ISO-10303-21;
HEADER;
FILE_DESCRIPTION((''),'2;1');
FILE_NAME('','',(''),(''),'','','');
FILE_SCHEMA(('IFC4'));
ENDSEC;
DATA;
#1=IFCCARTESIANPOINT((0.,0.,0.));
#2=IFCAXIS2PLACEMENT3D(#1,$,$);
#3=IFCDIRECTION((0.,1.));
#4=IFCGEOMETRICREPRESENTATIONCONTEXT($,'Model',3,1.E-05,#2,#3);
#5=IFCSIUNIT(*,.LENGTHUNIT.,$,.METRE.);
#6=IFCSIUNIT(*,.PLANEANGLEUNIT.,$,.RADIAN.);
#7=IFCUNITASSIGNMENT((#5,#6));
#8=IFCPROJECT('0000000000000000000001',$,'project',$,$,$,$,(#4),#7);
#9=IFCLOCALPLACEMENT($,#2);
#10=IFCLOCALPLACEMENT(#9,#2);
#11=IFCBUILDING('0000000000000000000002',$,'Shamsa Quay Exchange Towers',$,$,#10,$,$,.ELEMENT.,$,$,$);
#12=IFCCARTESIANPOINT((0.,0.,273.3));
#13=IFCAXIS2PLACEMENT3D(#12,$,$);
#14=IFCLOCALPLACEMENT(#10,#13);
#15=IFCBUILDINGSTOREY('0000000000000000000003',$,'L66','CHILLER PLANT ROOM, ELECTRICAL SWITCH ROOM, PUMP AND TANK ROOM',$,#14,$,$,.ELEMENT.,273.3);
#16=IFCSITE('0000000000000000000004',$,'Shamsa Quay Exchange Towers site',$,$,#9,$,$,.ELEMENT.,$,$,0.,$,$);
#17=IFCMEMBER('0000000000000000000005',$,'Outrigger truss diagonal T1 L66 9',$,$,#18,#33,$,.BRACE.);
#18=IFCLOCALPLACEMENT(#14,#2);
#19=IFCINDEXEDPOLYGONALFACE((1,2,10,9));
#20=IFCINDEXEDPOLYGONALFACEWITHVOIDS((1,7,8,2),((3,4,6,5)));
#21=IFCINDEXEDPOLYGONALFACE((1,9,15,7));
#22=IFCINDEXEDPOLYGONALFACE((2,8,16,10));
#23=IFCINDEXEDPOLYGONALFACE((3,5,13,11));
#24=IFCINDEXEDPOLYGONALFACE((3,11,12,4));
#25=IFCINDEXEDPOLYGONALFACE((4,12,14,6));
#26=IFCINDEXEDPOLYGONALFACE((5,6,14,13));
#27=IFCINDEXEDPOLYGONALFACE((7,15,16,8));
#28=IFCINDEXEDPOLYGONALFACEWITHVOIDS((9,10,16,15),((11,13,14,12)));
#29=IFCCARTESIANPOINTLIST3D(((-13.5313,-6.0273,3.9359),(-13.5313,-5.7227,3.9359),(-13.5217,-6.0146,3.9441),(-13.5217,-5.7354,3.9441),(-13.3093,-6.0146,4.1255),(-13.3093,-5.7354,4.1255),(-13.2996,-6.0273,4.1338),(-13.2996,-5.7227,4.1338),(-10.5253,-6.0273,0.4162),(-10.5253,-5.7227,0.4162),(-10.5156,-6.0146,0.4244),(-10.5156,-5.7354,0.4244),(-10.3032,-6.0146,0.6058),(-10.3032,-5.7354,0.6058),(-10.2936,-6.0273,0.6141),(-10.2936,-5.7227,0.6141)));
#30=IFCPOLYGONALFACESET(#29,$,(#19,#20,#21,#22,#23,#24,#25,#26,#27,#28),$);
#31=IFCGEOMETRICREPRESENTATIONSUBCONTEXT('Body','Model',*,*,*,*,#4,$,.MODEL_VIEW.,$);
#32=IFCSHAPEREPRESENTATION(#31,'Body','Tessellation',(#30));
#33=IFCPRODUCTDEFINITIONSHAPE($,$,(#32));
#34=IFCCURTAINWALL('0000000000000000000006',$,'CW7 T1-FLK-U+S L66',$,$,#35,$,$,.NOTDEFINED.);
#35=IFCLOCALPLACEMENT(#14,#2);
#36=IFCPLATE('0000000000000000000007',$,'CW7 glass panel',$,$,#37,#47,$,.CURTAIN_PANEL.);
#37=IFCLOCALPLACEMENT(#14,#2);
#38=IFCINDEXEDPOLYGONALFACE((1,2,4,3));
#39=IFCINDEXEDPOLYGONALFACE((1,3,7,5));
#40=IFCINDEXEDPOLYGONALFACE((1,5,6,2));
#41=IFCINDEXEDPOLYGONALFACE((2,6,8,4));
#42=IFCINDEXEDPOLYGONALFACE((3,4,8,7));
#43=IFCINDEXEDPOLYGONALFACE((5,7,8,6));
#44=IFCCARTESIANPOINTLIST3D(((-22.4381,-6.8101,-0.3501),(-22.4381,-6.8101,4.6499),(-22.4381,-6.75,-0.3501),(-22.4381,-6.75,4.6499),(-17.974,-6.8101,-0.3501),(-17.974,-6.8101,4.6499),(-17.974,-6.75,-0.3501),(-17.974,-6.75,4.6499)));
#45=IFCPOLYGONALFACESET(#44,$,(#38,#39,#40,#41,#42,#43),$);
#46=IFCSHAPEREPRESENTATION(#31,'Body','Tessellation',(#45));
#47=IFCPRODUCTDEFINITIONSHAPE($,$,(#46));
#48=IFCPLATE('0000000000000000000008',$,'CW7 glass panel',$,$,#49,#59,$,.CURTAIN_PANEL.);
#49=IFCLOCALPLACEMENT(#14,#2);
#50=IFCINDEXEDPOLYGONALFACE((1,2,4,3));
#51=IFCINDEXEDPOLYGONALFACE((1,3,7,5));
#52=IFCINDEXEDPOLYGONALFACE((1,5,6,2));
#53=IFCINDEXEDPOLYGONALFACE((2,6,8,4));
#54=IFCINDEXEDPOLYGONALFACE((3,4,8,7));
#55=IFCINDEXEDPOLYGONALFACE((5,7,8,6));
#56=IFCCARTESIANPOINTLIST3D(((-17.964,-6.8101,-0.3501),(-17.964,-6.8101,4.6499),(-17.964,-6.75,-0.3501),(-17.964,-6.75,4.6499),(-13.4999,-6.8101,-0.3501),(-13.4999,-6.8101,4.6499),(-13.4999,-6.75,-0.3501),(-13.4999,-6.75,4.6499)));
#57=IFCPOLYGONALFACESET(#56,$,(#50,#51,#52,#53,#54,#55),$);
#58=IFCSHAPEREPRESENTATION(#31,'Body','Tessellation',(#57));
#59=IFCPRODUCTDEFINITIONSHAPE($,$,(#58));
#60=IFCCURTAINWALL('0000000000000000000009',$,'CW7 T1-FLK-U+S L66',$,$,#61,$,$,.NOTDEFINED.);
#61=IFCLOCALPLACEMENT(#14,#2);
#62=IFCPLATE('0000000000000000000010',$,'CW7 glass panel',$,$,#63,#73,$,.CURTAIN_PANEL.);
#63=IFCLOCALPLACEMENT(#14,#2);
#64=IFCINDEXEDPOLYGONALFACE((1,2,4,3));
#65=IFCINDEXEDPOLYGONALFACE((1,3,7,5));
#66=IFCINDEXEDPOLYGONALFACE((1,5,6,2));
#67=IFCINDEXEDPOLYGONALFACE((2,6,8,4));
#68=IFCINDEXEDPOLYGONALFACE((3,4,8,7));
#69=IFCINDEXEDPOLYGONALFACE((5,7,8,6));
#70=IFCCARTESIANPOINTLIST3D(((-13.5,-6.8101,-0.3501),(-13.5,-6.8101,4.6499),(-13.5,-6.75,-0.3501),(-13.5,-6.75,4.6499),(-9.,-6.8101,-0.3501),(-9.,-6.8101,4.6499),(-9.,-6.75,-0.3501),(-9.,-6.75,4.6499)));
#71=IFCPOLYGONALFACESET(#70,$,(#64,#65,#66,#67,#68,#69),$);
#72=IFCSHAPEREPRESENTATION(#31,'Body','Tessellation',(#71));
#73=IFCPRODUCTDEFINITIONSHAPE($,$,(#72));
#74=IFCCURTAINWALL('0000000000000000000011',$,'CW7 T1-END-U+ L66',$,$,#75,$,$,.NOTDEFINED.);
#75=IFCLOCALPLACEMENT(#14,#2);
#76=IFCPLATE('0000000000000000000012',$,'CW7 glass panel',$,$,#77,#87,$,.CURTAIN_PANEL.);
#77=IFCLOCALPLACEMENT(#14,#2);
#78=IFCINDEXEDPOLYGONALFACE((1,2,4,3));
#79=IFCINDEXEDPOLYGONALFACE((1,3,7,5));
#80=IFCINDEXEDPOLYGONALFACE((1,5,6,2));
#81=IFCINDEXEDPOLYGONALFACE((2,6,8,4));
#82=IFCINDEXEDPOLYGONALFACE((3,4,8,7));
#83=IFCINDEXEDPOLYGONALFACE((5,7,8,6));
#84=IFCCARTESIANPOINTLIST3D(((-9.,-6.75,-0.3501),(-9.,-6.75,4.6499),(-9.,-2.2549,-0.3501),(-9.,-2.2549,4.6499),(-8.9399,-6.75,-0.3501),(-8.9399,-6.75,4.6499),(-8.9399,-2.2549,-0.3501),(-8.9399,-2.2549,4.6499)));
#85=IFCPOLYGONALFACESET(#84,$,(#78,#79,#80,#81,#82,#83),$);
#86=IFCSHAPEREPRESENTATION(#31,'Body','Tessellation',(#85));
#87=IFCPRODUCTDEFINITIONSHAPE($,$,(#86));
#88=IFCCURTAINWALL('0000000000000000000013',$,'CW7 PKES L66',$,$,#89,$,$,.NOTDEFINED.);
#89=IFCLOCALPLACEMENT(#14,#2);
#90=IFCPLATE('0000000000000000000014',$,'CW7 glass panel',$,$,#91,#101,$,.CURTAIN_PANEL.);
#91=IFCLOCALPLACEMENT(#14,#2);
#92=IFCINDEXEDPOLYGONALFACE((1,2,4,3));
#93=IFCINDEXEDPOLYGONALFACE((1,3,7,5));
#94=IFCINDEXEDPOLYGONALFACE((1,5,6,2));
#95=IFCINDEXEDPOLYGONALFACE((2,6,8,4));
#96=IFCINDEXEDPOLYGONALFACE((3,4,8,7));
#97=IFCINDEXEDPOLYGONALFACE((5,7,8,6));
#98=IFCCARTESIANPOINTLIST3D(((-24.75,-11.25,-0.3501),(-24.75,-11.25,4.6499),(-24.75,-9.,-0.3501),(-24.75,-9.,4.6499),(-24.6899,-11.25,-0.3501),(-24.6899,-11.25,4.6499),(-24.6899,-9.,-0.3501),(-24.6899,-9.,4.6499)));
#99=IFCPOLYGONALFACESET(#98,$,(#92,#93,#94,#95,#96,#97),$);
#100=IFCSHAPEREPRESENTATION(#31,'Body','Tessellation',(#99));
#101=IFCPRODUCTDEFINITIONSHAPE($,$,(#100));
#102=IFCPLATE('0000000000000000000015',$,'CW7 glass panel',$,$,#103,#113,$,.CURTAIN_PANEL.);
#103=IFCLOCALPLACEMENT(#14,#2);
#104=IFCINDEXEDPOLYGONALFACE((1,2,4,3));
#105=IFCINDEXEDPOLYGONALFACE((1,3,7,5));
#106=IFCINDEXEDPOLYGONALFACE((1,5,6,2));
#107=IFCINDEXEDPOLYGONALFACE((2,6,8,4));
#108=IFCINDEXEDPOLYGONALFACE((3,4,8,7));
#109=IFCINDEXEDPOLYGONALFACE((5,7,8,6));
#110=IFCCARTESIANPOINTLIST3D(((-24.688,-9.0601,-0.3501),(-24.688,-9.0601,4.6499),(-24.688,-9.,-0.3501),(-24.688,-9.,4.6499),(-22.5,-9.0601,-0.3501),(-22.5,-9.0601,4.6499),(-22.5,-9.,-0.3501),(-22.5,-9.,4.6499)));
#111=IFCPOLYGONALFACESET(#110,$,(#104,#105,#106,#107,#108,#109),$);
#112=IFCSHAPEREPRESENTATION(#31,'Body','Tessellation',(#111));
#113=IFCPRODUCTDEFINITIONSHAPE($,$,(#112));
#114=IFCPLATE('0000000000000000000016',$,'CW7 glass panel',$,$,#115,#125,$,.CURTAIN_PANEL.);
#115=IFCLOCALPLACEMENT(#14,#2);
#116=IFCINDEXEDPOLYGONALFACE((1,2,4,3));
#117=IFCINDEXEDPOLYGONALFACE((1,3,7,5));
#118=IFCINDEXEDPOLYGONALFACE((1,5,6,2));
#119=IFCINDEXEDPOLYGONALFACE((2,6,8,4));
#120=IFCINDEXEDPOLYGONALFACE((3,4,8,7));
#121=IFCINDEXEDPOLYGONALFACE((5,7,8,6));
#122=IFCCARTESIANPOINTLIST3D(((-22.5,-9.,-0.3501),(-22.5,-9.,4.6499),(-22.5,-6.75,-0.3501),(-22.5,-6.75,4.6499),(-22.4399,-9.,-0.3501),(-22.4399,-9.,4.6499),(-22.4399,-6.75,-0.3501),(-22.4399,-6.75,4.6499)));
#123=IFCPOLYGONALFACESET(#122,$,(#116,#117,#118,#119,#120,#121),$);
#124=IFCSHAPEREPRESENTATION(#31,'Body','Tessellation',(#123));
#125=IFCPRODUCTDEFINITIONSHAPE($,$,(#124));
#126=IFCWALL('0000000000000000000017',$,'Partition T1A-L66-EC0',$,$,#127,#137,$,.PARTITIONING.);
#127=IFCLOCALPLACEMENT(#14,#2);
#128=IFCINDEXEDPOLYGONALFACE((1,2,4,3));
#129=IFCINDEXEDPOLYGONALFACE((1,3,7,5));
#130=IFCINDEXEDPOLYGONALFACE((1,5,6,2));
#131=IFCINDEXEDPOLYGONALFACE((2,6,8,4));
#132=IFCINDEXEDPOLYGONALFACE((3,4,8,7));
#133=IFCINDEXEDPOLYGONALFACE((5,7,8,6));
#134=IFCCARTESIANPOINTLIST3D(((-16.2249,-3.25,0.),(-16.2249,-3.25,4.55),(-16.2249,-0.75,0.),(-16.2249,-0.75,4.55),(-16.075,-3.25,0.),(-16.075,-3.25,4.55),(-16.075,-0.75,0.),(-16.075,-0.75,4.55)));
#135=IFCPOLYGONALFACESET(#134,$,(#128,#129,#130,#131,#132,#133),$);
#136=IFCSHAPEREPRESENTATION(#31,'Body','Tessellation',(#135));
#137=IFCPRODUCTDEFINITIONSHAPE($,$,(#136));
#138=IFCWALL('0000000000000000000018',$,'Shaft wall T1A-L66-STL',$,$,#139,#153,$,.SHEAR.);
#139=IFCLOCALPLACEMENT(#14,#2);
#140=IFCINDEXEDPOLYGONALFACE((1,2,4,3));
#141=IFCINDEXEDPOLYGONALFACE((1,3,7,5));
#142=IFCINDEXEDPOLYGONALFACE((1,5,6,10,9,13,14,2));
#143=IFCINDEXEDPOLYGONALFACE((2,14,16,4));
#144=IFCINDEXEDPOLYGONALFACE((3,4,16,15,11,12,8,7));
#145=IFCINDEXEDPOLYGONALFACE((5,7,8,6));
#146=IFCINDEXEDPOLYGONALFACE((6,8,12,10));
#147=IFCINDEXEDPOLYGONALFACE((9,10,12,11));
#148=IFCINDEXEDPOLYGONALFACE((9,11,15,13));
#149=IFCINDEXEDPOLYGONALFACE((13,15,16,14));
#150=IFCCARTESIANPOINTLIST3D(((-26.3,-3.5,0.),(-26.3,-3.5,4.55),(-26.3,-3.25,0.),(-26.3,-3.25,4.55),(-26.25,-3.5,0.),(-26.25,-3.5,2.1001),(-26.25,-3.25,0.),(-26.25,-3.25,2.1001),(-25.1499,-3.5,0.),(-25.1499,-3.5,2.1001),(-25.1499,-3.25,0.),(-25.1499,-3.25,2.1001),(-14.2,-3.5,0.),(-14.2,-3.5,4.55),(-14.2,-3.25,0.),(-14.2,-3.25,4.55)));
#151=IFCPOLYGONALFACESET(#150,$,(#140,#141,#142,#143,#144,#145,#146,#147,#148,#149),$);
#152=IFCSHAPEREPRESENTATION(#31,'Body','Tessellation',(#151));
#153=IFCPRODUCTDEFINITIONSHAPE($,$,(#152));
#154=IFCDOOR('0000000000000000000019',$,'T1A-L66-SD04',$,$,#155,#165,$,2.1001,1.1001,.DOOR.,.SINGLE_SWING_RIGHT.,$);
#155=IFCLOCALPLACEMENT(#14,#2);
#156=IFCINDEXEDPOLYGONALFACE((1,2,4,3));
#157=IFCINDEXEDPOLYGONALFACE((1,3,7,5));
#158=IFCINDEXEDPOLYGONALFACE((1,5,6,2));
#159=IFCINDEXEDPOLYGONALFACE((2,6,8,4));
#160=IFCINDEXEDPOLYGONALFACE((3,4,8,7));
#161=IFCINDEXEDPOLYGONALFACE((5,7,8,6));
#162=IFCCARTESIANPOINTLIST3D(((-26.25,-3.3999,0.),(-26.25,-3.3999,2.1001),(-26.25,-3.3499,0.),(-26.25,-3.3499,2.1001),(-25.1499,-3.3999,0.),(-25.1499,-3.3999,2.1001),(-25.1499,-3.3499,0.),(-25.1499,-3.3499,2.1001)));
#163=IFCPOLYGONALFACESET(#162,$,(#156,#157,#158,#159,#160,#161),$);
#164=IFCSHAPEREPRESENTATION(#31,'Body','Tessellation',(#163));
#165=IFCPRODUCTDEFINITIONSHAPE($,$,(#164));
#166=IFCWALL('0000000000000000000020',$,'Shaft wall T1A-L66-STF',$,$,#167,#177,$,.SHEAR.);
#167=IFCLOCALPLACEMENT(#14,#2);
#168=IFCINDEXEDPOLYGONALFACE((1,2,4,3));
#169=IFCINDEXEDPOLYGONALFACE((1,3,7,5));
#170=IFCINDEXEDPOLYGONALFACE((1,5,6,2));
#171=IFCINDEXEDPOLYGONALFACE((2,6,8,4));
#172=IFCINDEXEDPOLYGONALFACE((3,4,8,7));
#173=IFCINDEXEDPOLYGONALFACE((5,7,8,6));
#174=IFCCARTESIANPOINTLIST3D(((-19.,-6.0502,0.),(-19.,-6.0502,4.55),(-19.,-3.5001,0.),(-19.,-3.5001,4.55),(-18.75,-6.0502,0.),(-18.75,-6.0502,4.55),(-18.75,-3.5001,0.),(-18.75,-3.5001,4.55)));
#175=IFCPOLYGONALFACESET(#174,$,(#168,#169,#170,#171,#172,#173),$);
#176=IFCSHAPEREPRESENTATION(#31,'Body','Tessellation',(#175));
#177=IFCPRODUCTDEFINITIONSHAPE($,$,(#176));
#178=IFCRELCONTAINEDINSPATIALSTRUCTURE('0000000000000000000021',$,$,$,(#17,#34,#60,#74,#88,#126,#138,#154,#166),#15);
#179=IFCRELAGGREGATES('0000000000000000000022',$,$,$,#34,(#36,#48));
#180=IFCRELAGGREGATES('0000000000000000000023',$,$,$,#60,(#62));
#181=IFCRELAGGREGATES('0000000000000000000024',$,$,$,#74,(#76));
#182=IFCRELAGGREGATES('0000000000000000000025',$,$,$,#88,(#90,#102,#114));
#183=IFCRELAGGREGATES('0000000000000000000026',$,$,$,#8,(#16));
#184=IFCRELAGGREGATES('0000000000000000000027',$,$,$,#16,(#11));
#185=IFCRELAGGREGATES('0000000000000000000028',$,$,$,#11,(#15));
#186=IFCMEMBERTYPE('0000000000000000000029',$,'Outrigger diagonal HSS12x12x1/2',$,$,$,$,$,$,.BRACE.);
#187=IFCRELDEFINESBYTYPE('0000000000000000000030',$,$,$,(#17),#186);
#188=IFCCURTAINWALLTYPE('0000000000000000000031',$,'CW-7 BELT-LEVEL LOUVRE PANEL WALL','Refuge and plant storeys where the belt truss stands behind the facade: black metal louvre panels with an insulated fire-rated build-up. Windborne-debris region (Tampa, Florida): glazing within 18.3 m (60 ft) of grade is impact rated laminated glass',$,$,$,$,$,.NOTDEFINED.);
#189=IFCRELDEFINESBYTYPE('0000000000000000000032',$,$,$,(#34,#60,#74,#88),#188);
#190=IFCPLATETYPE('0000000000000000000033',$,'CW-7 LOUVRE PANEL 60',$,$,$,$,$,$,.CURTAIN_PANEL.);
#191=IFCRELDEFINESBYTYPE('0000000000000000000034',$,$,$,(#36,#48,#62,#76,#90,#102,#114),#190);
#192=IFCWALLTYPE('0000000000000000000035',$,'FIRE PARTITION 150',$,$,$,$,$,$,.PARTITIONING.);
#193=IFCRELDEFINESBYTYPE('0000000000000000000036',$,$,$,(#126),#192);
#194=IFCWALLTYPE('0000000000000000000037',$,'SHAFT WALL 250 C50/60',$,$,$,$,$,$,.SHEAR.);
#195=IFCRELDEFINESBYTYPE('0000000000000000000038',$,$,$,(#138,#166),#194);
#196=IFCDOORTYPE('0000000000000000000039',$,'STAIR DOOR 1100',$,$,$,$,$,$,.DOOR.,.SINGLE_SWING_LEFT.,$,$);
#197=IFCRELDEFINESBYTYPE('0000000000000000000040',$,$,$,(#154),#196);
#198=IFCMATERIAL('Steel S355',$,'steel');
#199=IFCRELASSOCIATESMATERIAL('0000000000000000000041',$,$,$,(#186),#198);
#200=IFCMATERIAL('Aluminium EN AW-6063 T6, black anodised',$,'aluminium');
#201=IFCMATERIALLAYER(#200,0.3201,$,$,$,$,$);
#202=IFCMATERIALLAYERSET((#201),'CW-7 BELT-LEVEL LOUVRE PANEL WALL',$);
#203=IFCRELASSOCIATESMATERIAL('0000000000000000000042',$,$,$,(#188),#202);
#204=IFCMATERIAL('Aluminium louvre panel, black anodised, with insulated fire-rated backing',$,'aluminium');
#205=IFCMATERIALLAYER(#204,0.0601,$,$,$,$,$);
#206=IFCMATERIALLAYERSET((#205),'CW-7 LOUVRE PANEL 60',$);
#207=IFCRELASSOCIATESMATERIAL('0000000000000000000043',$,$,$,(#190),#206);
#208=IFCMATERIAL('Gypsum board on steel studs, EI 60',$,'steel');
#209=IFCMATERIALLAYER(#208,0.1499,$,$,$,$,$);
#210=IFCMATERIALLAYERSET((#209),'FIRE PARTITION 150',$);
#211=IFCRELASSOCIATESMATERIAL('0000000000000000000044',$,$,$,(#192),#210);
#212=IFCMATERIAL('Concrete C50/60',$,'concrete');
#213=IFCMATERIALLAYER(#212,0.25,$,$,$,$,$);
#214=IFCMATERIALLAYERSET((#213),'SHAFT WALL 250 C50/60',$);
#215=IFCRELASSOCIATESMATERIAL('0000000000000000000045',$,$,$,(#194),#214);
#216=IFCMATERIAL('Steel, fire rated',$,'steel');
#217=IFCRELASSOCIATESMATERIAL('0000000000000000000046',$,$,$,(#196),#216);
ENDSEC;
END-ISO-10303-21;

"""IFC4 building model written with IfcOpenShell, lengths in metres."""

from ifc_helpers import new_model, si_unit, direction, frame, frame_2d, origin, origin_2d, place, context, subcontext, project, spatial, rectangle, hollow_rectangle, extrude, material, layer, layer_set, material_profile, profile_set, type_object, element, fill, aggregate, save


model = new_model("IFC4")

# Units and contexts
model_context = context("Model", 3, precision=1e-05, world=origin(), true_north=direction((0.0, 1.0)))
body_context = subcontext(model_context, "Body", "Model", "MODEL_VIEW")
ifc_project = project(units=[si_unit("LENGTHUNIT", "METRE"), si_unit("PLANEANGLEUNIT", "RADIAN")], contexts=[model_context])

# Site, building, storey
site_placement = place(None, origin())
site = spatial("IfcSite", under=ifc_project, at=site_placement, Name="Shamsa Quay Exchange Towers site", CompositionType="ELEMENT", RefElevation=0.0)
building_placement = place(site_placement, origin())
building = spatial("IfcBuilding", under=site, at=building_placement, Name="Shamsa Quay Exchange Towers", CompositionType="ELEMENT")
storey_placement = place(building_placement, frame((0.0, 0.0, 273.3)))
storey = spatial("IfcBuildingStorey", under=building, at=storey_placement, Name="L66", Description="CHILLER PLANT ROOM, ELECTRICAL SWITCH ROOM, PUMP AND TANK ROOM", CompositionType="ELEMENT", Elevation=273.3)

# Shared definitions
ifc_material_1 = material(Name="Steel S355", Category="steel")

# Member
ifc_material_profile_1 = material_profile(ifc_material_1, hollow_rectangle(XDim=0.3047, YDim=0.3047, WallThickness=0.0127, at=origin_2d()), Name="HSS12x12x1/2")
ifc_profile_set_1 = profile_set([ifc_material_profile_1], Name="Steel S355")
member_type_1 = type_object("IfcMemberType", Name="Outrigger diagonal HSS12x12x1/2", PredefinedType="BRACE", material=ifc_profile_set_1)
member_1_placement = place(storey_placement, frame((-10.4094, -5.875, 0.5151), z_axis=(-0.649439, 0.0, 0.760413), x_axis=(0.0, -1.0, 0.0)))
element("IfcMember", 1, at=member_1_placement, inside=storey, type_object=member_type_1, Name="Outrigger truss diagonal T1 L66 9", PredefinedType="BRACE", context=body_context, shape_type="SweptSolid", body=[
    extrude(hollow_rectangle(XDim=0.3047, YDim=0.3047, WallThickness=0.0127, at=origin_2d()), origin(), (0.0, 0.0, 1.0), 4.6287),
])

# Curtain wall, plates
ifc_material_2 = material(Name="Aluminium EN AW-6063 T6, black anodised", Category="aluminium")
ifc_layer_1 = layer(ifc_material_2, 0.3201)
ifc_layer_set_1 = layer_set([ifc_layer_1], Name="CW-7 BELT-LEVEL LOUVRE PANEL WALL")
curtain_wall_type = type_object("IfcCurtainWallType", Name="CW-7 BELT-LEVEL LOUVRE PANEL WALL", Description="Refuge and plant storeys where the belt truss stands behind the facade: black metal louvre panels with an insulated fire-rated build-up. Windborne-debris region (Tampa, Florida): glazing within 18.3 m (60 ft) of grade is impact rated laminated glass", PredefinedType="NOTDEFINED", material=ifc_layer_set_1)
curtain_wall_1_placement = place(storey_placement, origin())
curtain_wall_1 = element("IfcCurtainWall", 2, at=curtain_wall_1_placement, inside=storey, type_object=curtain_wall_type, Name="CW7 T1-FLK-U+S L66", PredefinedType="NOTDEFINED")
ifc_material_3 = material(Name="Aluminium louvre panel, black anodised, with insulated fire-rated backing", Category="aluminium")
ifc_layer_2 = layer(ifc_material_3, 0.0601)
ifc_layer_set_2 = layer_set([ifc_layer_2], Name="CW-7 LOUVRE PANEL 60")
plate_type = type_object("IfcPlateType", Name="CW-7 LOUVRE PANEL 60", PredefinedType="CURTAIN_PANEL", material=ifc_layer_set_2)
plate_1_placement = place(storey_placement, frame((-20.2061, -6.78, -0.3501)))
plate_1 = element("IfcPlate", 3, at=plate_1_placement, type_object=plate_type, Name="CW7 glass panel", PredefinedType="CURTAIN_PANEL", context=body_context, shape_type="SweptSolid", body=[
    extrude(rectangle(XDim=4.4641, YDim=0.0601, at=origin_2d()), origin(), (0.0, 0.0, 1.0), 5.0),
])
plate_2_placement = place(storey_placement, frame((-15.7319, -6.78, -0.3501)))
plate_2 = element("IfcPlate", 4, at=plate_2_placement, type_object=plate_type, Name="CW7 glass panel", PredefinedType="CURTAIN_PANEL", context=body_context, shape_type="SweptSolid", body=[
    extrude(rectangle(XDim=4.4641, YDim=0.0601, at=origin_2d()), origin(), (0.0, 0.0, 1.0), 5.0),
])
aggregate(curtain_wall_1, [plate_1, plate_2])

# Curtain walls, plates
curtain_wall_2_placement = place(storey_placement, origin())
curtain_wall_2 = element("IfcCurtainWall", 5, at=curtain_wall_2_placement, inside=storey, type_object=curtain_wall_type, Name="CW7 T1-FLK-U+S L66", PredefinedType="NOTDEFINED")
plate_3_placement = place(storey_placement, frame((-11.25, -6.78, -0.3501)))
plate_3 = element("IfcPlate", 6, at=plate_3_placement, type_object=plate_type, Name="CW7 glass panel", PredefinedType="CURTAIN_PANEL", context=body_context, shape_type="SweptSolid", body=[
    extrude(rectangle(XDim=4.5, YDim=0.0601, at=origin_2d()), origin(), (0.0, 0.0, 1.0), 5.0),
])
aggregate(curtain_wall_2, [plate_3])
curtain_wall_3_placement = place(storey_placement, origin())
curtain_wall_3 = element("IfcCurtainWall", 7, at=curtain_wall_3_placement, inside=storey, type_object=curtain_wall_type, Name="CW7 T1-END-U+ L66", PredefinedType="NOTDEFINED")
plate_4_placement = place(storey_placement, frame((-8.97, -4.5024, -0.3501), z_axis=(0.0, 0.0, 1.0), x_axis=(0.0, 1.0, 0.0)))
plate_4 = element("IfcPlate", 8, at=plate_4_placement, type_object=plate_type, Name="CW7 glass panel", PredefinedType="CURTAIN_PANEL", context=body_context, shape_type="SweptSolid", body=[
    extrude(rectangle(XDim=4.4951, YDim=0.0601, at=origin_2d()), origin(), (0.0, 0.0, 1.0), 5.0),
])
aggregate(curtain_wall_3, [plate_4])

# Curtain wall, plates
curtain_wall_4_placement = place(storey_placement, origin())
curtain_wall_4 = element("IfcCurtainWall", 9, at=curtain_wall_4_placement, inside=storey, type_object=curtain_wall_type, Name="CW7 PKES L66", PredefinedType="NOTDEFINED")
plate_5_placement = place(storey_placement, frame((-24.72, -10.125, -0.3501), z_axis=(0.0, 0.0, 1.0), x_axis=(0.0, 1.0, 0.0)))
plate_5 = element("IfcPlate", 10, at=plate_5_placement, type_object=plate_type, Name="CW7 glass panel", PredefinedType="CURTAIN_PANEL", context=body_context, shape_type="SweptSolid", body=[
    extrude(rectangle(XDim=2.25, YDim=0.0601, at=origin_2d()), origin(), (0.0, 0.0, 1.0), 5.0),
])
plate_6_placement = place(storey_placement, frame((-23.594, -9.03, -0.3501)))
plate_6 = element("IfcPlate", 11, at=plate_6_placement, type_object=plate_type, Name="CW7 glass panel", PredefinedType="CURTAIN_PANEL", context=body_context, shape_type="SweptSolid", body=[
    extrude(rectangle(XDim=2.188, YDim=0.0601, at=origin_2d()), origin(), (0.0, 0.0, 1.0), 5.0),
])
plate_7_placement = place(storey_placement, frame((-22.47, -7.875, -0.3501), z_axis=(0.0, 0.0, 1.0), x_axis=(0.0, 1.0, 0.0)))
plate_7 = element("IfcPlate", 12, at=plate_7_placement, type_object=plate_type, Name="CW7 glass panel", PredefinedType="CURTAIN_PANEL", context=body_context, shape_type="SweptSolid", body=[
    extrude(rectangle(XDim=2.25, YDim=0.0601, at=origin_2d()), origin(), (0.0, 0.0, 1.0), 5.0),
])
aggregate(curtain_wall_4, [plate_5, plate_6, plate_7])

# Wall
ifc_material_4 = material(Name="Gypsum board on steel studs, EI 60", Category="steel")
ifc_layer_3 = layer(ifc_material_4, 0.1499)
ifc_layer_set_3 = layer_set([ifc_layer_3], Name="FIRE PARTITION 150")
wall_type_1 = type_object("IfcWallType", Name="FIRE PARTITION 150", PredefinedType="PARTITIONING", material=ifc_layer_set_3)
wall_1_placement = place(storey_placement, frame((-16.1499, -3.25, 0.0), z_axis=(0.0, 0.0, 1.0), x_axis=(0.0, 1.0, 0.0)))
element("IfcWall", 13, at=wall_1_placement, inside=storey, type_object=wall_type_1, Name="Partition T1A-L66-EC0", PredefinedType="PARTITIONING", context=body_context, shape_type="SweptSolid", body=[
    extrude(rectangle(XDim=2.5, YDim=0.1499, at=frame_2d((1.25, 0.0))), origin(), (0.0, 0.0, 1.0), 4.55),
])

# Wall, opening, door
ifc_material_5 = material(Name="Concrete C50/60", Category="concrete")
ifc_layer_4 = layer(ifc_material_5, 0.25)
ifc_layer_set_4 = layer_set([ifc_layer_4], Name="SHAFT WALL 250 C50/60")
wall_type_2 = type_object("IfcWallType", Name="SHAFT WALL 250 C50/60", PredefinedType="SHEAR", material=ifc_layer_set_4)
wall_2_placement = place(storey_placement, frame((-14.2, -3.375, 0.0), z_axis=(0.0, 0.0, 1.0), x_axis=(-1.0, 0.0, 0.0)))
wall_2 = element("IfcWall", 14, at=wall_2_placement, inside=storey, type_object=wall_type_2, Name="Shaft wall T1A-L66-STL", PredefinedType="SHEAR", context=body_context, shape_type="SweptSolid", body=[
    extrude(rectangle(XDim=12.1001, YDim=0.25, at=frame_2d((6.05, 0.0))), origin(), (0.0, 0.0, 1.0), 4.55),
])
opening_1_placement = place(wall_2_placement, frame((10.95, 0.0, 0.0)))
opening_1 = element("IfcOpeningElement", 15, at=opening_1_placement, cuts=wall_2, PredefinedType="OPENING", context=body_context, shape_type="SweptSolid", body=[
    extrude(rectangle(XDim=1.1001, YDim=2.1001, at=frame_2d((0.55, 1.05))), frame((0.0, 0.135, 0.0), z_axis=(0.0, -1.0, 0.0), x_axis=(1.0, 0.0, 0.0)), (0.0, 0.0, 1.0), 0.27),
])
ifc_material_6 = material(Name="Steel, fire rated", Category="steel")
door_type_1 = type_object("IfcDoorType", Name="STAIR DOOR 1100", OperationType="SINGLE_SWING_LEFT", PredefinedType="DOOR", material=ifc_material_6)
door_1_placement = place(opening_1_placement, origin())
door_1 = element("IfcDoor", 16, at=door_1_placement, inside=storey, type_object=door_type_1, Name="T1A-L66-SD04", OperationType="SINGLE_SWING_RIGHT", OverallHeight=2.1001, OverallWidth=1.1001, PredefinedType="DOOR", context=body_context, shape_type="SweptSolid", body=[
    extrude(rectangle(XDim=1.1001, YDim=2.1001, at=frame_2d((0.55, 1.05))), frame((0.0, 0.0249, 0.0), z_axis=(0.0, -1.0, 0.0), x_axis=(1.0, 0.0, 0.0)), (0.0, 0.0, 1.0), 0.05),
])
fill(opening_1, door_1)

# Wall
wall_3_placement = place(storey_placement, frame((-18.875, -6.05, 0.0), z_axis=(0.0, 0.0, 1.0), x_axis=(0.0, 1.0, 0.0)))
element("IfcWall", 17, at=wall_3_placement, inside=storey, type_object=wall_type_2, Name="Shaft wall T1A-L66-STF", PredefinedType="SHEAR", context=body_context, shape_type="SweptSolid", body=[
    extrude(rectangle(XDim=2.55, YDim=0.25, at=frame_2d((1.2749, 0.0))), origin(), (0.0, 0.0, 1.0), 4.55),
])

save(model, "model.ifc")
